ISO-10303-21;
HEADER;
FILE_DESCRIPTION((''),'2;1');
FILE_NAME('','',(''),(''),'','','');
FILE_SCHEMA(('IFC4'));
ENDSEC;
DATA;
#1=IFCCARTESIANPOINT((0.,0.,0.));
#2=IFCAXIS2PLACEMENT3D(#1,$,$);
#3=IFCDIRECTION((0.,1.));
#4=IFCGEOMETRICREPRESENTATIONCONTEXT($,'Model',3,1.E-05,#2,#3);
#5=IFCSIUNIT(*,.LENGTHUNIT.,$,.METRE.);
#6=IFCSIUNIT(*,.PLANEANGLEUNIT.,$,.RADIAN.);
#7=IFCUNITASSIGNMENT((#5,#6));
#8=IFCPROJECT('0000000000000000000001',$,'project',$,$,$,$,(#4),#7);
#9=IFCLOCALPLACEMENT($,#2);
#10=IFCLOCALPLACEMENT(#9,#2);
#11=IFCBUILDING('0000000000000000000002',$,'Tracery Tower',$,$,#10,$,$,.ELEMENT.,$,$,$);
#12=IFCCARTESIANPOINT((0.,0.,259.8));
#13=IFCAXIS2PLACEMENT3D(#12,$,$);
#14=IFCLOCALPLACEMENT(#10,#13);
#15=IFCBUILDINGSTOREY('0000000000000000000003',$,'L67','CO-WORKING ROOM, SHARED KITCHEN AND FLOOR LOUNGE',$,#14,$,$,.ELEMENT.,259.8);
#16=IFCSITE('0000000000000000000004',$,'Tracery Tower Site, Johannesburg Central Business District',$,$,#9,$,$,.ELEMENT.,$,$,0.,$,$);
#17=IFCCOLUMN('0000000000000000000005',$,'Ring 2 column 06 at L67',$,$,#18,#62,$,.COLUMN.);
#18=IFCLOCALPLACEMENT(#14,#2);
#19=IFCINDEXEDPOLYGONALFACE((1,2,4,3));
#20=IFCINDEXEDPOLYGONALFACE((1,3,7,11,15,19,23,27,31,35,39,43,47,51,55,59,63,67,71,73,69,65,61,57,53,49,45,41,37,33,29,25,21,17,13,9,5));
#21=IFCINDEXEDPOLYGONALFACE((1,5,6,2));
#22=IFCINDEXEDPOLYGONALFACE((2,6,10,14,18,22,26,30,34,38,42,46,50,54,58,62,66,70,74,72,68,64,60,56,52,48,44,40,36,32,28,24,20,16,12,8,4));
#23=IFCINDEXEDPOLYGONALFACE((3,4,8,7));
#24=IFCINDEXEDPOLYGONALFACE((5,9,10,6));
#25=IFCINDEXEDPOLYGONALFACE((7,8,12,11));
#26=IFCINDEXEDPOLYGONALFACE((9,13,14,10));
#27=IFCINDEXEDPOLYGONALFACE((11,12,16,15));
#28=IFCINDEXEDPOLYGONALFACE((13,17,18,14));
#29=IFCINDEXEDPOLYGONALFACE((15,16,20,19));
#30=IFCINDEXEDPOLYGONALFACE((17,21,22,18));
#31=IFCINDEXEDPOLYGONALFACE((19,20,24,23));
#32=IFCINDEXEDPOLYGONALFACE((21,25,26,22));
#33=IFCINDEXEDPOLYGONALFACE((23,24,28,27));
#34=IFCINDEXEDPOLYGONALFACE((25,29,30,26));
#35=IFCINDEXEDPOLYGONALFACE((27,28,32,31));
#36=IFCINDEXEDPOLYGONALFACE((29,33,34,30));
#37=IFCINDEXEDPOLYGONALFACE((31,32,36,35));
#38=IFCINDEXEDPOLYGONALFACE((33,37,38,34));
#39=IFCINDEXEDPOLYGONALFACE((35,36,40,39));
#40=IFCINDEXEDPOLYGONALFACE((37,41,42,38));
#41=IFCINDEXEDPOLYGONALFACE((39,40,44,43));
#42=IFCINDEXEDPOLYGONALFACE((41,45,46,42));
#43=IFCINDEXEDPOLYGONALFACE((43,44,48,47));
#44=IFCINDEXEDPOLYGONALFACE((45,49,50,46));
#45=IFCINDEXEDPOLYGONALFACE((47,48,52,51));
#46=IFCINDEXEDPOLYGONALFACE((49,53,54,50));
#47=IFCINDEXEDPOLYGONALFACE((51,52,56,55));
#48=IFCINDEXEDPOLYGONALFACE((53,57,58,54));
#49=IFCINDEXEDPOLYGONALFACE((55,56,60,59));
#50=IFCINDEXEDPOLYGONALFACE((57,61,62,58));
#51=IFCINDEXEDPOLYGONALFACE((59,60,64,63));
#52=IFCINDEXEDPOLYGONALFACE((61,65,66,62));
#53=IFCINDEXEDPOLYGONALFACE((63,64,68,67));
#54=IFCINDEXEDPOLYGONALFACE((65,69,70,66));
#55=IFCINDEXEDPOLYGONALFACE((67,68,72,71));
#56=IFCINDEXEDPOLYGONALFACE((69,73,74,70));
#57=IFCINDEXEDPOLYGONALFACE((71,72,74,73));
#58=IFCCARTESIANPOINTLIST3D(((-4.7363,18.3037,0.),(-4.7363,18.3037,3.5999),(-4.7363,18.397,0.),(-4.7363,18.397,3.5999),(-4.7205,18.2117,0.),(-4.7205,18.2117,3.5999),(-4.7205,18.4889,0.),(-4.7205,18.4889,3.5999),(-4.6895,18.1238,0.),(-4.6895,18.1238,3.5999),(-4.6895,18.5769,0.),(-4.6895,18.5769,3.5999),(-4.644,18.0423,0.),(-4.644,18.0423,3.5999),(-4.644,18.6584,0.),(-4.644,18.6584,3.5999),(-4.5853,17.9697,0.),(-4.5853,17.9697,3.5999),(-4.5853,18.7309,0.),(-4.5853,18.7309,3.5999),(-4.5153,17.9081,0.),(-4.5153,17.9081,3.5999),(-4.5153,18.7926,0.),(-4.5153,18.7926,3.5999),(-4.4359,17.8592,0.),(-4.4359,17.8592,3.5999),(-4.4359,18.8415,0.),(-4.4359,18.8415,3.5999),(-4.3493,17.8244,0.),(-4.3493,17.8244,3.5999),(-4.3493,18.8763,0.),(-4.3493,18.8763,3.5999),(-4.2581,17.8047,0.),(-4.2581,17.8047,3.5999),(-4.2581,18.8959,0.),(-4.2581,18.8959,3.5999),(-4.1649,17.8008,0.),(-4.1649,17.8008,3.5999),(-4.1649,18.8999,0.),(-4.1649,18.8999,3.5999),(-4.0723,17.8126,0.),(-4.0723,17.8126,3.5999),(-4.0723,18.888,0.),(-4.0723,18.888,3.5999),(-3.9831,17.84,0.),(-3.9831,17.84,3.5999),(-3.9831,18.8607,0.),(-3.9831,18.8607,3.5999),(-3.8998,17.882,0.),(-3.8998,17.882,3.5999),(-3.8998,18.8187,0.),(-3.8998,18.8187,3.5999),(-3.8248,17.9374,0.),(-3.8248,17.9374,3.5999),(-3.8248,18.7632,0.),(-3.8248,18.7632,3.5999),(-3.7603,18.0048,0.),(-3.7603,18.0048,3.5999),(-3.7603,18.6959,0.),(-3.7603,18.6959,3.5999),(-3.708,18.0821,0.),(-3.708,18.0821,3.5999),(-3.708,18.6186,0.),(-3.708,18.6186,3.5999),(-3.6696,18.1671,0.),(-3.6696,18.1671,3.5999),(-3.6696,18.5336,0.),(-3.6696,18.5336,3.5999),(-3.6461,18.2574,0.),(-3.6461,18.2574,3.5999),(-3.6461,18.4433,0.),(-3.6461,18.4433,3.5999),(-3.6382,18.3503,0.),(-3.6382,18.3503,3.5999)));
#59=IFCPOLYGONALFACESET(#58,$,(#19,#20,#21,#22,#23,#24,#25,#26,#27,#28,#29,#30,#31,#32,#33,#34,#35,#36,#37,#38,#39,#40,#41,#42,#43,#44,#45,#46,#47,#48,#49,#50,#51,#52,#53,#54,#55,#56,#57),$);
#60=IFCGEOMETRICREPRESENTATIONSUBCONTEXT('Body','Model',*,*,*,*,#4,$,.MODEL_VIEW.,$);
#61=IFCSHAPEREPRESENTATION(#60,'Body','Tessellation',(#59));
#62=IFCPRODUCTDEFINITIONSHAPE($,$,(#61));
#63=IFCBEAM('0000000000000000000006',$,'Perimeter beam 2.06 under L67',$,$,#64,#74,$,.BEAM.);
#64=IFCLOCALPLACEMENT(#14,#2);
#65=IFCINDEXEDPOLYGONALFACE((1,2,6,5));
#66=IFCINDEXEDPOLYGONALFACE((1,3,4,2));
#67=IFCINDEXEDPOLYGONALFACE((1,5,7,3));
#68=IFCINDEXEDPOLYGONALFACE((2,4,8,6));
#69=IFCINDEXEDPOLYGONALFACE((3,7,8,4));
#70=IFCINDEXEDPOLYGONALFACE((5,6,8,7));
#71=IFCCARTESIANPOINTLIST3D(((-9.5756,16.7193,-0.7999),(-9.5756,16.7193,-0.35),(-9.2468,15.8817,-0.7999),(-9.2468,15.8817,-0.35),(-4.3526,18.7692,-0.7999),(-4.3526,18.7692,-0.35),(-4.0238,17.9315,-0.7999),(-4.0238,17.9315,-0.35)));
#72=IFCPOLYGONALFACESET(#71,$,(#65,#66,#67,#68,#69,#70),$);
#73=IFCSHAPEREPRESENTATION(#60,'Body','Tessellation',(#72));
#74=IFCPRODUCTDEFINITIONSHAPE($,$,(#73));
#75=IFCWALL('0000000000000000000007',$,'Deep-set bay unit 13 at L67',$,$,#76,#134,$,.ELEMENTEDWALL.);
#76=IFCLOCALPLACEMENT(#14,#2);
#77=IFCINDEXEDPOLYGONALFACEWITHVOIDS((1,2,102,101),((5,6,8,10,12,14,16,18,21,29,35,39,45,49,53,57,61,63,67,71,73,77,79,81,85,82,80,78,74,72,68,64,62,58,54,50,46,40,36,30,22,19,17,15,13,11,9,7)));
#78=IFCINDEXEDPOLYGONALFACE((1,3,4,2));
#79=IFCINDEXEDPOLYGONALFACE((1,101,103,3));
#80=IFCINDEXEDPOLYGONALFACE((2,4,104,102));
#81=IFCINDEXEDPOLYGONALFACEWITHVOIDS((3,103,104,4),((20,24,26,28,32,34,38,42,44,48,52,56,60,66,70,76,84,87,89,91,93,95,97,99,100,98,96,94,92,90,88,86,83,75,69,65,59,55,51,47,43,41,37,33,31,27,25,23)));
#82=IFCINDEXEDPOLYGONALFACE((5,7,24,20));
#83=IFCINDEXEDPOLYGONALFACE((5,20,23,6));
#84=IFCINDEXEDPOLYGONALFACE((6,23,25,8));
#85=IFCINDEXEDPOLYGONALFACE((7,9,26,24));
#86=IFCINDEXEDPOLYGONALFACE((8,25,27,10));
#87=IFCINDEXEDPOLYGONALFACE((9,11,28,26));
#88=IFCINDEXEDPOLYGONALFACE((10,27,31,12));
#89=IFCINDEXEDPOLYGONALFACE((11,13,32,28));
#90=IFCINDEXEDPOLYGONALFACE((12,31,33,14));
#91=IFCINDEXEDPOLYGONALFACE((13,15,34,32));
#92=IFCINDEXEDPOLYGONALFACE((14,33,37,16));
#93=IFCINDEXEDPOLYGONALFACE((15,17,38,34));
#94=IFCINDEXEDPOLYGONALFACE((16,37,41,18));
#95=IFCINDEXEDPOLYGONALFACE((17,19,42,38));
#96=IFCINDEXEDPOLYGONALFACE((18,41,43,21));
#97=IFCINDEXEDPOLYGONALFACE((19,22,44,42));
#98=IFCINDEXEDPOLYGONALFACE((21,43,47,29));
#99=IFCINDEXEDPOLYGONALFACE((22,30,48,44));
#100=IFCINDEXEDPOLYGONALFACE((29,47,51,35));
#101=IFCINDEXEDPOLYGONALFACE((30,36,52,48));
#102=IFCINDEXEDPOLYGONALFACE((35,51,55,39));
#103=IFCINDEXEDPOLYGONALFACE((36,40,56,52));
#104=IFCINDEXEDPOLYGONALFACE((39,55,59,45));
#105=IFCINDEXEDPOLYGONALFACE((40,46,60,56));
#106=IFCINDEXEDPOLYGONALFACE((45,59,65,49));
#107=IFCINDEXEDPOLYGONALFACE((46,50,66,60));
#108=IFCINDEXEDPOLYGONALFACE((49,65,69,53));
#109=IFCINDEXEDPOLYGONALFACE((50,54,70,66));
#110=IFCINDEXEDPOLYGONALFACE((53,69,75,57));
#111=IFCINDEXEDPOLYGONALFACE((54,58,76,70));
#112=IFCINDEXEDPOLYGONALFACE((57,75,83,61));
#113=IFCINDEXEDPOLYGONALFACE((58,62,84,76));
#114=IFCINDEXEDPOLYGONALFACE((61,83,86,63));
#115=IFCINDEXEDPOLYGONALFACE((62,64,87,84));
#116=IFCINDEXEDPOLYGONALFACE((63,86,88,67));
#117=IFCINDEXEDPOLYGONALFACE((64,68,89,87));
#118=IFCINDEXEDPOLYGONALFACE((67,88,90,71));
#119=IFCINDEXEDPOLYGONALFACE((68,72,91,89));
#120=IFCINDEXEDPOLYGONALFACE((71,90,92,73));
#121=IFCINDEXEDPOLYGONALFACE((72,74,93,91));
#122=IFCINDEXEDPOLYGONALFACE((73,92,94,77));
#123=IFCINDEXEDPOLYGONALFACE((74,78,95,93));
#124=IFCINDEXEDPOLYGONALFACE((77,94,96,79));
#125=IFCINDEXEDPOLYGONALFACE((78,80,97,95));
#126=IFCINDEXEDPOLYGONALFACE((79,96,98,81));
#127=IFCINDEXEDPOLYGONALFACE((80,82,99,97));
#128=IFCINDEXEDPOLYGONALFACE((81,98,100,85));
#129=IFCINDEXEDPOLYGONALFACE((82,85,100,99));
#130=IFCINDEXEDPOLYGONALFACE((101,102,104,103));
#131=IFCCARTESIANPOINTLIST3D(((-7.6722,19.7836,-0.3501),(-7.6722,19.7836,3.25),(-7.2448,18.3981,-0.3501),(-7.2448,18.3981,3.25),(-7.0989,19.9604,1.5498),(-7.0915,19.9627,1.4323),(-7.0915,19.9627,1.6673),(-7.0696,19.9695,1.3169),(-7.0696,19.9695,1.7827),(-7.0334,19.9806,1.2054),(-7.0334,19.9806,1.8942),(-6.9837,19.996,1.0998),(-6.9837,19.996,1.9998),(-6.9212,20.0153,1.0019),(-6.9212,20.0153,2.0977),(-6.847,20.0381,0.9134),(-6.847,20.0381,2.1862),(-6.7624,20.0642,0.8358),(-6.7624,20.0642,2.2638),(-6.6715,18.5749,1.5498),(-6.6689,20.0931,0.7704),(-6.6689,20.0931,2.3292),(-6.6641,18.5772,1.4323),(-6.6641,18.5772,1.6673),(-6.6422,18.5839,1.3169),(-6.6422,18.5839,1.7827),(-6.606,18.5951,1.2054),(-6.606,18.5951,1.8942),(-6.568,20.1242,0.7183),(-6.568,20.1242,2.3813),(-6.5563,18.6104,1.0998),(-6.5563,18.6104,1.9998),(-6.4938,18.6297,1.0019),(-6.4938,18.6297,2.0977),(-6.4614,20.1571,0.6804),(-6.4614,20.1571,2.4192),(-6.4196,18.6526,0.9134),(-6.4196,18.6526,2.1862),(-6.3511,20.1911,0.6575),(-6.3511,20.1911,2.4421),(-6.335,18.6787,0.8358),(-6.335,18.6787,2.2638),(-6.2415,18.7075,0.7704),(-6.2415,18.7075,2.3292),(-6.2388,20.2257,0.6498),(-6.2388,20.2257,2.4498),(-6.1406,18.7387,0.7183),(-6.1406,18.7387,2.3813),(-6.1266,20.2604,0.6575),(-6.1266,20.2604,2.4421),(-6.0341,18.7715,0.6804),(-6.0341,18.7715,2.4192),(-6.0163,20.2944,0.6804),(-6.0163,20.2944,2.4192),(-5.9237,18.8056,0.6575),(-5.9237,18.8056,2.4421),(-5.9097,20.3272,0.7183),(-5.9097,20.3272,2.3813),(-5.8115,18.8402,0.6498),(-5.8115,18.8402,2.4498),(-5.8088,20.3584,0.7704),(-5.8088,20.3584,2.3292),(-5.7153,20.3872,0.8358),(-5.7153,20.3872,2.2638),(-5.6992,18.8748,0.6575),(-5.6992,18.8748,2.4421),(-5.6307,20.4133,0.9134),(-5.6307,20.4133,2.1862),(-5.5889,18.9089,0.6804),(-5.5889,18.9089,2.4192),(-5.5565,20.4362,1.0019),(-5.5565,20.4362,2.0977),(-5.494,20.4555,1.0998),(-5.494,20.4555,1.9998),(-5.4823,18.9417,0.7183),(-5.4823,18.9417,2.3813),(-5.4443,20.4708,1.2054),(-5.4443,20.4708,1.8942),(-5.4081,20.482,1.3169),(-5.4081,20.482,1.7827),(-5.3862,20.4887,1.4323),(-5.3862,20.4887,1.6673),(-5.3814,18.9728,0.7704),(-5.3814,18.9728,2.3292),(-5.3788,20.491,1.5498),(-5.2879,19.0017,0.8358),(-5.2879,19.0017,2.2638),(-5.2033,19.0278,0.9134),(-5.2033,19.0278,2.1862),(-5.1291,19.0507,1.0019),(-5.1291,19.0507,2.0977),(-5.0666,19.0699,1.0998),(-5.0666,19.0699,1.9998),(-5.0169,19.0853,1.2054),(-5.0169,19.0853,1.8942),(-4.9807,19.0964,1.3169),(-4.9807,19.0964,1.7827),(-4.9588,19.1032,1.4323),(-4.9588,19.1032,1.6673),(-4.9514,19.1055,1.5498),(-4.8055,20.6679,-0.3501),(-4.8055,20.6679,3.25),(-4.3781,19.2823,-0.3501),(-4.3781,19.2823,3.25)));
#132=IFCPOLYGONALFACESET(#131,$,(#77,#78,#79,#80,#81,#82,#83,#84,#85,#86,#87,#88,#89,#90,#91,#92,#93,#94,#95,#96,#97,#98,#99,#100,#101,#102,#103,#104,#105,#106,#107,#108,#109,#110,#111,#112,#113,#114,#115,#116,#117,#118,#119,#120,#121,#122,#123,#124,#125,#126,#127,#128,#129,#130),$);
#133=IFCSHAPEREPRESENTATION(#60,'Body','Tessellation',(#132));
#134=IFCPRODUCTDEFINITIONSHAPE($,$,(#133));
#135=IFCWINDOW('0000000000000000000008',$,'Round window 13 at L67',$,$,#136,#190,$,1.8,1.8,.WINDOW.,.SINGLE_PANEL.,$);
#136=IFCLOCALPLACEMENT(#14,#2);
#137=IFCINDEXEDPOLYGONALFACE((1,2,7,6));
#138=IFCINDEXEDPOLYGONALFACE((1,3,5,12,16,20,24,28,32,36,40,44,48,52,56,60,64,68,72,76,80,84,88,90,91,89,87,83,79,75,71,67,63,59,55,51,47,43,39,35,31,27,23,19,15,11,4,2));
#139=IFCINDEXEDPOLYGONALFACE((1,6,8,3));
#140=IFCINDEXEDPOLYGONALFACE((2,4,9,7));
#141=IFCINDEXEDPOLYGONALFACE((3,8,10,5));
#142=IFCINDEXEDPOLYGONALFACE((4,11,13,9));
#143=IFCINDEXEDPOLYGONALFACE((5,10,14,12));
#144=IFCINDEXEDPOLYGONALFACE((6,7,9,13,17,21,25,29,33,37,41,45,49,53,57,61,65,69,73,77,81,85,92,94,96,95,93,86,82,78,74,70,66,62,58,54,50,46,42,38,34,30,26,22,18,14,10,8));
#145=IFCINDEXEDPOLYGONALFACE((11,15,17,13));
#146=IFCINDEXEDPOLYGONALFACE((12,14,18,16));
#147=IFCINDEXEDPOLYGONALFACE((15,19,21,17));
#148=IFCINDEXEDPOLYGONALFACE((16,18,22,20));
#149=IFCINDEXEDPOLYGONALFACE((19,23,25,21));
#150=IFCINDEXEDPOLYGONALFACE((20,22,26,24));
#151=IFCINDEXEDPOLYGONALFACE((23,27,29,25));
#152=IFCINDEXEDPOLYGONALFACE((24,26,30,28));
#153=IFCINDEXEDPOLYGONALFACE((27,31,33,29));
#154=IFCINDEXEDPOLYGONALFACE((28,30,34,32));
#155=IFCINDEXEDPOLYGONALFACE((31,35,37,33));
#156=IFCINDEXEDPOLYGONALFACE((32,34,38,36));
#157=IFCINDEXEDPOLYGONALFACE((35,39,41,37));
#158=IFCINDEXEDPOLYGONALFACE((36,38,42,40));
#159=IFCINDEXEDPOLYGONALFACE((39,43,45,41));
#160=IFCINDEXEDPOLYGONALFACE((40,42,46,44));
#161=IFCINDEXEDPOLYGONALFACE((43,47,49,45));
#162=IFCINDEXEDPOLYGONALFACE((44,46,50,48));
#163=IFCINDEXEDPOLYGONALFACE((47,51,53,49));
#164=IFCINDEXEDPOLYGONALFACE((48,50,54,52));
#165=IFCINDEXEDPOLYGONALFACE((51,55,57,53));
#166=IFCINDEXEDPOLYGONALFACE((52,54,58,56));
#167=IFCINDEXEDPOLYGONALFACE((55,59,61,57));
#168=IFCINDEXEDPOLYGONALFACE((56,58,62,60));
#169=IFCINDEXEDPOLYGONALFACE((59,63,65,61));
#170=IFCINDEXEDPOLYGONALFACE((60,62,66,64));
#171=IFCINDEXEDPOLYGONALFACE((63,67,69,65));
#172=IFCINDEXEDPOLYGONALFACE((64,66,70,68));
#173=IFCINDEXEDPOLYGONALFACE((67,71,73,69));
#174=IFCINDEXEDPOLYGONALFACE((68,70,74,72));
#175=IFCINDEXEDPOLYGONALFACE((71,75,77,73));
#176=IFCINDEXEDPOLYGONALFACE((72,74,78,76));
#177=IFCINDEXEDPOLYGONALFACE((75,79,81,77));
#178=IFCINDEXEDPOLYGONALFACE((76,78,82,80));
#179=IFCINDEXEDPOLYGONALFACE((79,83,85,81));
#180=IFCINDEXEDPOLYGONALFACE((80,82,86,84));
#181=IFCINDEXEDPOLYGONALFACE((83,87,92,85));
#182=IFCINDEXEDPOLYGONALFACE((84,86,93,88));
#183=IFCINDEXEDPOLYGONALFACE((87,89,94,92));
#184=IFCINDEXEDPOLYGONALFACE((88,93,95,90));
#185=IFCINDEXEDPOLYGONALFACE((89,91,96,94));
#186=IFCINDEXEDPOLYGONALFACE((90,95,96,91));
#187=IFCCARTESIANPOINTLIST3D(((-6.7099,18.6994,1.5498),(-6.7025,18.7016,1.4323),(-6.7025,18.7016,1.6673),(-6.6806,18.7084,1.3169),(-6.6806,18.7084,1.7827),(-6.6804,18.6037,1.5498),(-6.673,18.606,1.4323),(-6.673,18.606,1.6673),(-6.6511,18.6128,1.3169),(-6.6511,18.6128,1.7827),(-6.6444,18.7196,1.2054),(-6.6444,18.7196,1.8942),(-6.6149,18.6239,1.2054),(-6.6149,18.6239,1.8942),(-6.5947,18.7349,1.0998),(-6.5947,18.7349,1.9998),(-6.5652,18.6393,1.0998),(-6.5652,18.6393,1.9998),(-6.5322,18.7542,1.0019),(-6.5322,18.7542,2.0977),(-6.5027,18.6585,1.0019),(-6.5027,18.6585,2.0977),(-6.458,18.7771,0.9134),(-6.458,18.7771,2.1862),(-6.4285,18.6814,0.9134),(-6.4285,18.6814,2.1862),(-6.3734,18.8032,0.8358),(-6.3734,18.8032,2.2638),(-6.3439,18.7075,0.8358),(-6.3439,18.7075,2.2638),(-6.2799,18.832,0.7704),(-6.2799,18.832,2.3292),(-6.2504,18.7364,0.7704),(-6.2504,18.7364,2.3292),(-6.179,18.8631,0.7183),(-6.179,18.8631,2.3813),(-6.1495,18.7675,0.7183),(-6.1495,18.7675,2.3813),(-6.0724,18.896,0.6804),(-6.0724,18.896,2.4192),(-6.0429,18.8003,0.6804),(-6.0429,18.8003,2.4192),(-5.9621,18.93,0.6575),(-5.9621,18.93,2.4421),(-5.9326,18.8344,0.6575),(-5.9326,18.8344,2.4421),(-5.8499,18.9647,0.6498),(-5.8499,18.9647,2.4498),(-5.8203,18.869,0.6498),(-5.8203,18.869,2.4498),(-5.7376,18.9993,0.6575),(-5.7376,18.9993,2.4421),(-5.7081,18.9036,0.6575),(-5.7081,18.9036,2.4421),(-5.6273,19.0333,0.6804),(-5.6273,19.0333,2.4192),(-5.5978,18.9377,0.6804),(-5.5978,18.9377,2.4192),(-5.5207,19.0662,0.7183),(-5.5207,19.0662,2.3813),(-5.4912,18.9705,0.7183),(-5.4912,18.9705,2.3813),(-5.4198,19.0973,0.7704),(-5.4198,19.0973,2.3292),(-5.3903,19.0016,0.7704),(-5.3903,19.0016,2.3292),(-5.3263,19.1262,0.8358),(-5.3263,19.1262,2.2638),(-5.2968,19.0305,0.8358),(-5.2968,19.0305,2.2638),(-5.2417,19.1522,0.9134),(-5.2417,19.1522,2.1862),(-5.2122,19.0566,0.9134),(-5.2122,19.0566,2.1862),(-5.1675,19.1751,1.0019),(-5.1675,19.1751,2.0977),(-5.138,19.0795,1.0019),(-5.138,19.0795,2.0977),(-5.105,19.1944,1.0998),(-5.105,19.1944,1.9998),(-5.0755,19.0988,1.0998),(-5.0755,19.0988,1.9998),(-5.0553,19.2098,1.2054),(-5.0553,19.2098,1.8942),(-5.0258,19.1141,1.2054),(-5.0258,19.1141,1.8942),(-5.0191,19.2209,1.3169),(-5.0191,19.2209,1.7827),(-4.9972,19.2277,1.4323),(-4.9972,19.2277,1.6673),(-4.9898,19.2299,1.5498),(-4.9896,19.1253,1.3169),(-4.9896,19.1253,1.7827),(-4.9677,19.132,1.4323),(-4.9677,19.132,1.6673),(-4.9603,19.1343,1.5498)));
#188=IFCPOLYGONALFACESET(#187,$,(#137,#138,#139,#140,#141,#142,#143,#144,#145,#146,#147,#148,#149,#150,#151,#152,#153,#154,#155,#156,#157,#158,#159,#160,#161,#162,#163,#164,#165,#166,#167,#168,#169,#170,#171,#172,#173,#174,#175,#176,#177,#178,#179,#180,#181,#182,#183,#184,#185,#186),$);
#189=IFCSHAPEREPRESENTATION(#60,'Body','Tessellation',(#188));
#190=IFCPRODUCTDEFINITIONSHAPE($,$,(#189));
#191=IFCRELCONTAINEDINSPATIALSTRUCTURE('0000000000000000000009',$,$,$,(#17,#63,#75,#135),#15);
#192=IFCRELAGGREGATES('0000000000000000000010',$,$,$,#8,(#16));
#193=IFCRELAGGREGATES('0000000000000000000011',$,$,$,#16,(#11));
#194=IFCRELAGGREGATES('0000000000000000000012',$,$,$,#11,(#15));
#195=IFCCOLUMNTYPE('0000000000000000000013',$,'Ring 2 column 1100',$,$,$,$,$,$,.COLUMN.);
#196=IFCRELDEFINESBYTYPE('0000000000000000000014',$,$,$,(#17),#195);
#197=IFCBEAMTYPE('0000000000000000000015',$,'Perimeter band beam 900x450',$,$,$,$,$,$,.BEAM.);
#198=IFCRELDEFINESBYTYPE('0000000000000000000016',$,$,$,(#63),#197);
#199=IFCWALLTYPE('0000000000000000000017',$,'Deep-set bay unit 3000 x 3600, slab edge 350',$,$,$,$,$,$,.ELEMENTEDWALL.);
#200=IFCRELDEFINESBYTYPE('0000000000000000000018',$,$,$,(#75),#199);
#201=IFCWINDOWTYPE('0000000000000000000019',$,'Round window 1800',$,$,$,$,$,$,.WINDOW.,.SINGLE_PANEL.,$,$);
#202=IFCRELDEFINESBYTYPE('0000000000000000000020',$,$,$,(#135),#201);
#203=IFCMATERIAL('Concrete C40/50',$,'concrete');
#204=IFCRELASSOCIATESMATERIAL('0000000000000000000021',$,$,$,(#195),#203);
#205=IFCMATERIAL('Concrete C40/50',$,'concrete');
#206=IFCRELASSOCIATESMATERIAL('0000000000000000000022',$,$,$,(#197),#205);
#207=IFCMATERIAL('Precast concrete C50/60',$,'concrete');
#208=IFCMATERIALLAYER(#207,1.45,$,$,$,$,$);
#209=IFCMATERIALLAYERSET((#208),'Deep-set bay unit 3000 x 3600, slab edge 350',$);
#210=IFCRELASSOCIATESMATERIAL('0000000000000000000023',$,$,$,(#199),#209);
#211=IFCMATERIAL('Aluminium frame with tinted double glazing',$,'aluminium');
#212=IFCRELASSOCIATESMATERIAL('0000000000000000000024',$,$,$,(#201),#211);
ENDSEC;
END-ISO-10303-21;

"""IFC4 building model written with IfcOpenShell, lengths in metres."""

from ifc_helpers import new_model, si_unit, direction, frame, frame_2d, origin, origin_2d, place, context, subcontext, project, spatial, rectangle, circle, extrude, material, layer, layer_set, material_profile, profile_set, type_object, element, fill, save


model = new_model("IFC4")

# Units and contexts
model_context = context("Model", 3, precision=1e-05, world=origin(), true_north=direction((0.0, 1.0)))
body_context = subcontext(model_context, "Body", "Model", "MODEL_VIEW")
ifc_project = project(units=[si_unit("LENGTHUNIT", "METRE"), si_unit("PLANEANGLEUNIT", "RADIAN")], contexts=[model_context])

# Site, building, storey
site_placement = place(None, origin())
site = spatial("IfcSite", under=ifc_project, at=site_placement, Name="Tracery Tower Site, Johannesburg Central Business District", CompositionType="ELEMENT", RefElevation=0.0)
building_placement = place(site_placement, origin())
building = spatial("IfcBuilding", under=site, at=building_placement, Name="Tracery Tower", CompositionType="ELEMENT")
storey_placement = place(building_placement, frame((0.0, 0.0, 259.8)))
storey = spatial("IfcBuildingStorey", under=building, at=storey_placement, Name="L67", Description="CO-WORKING ROOM, SHARED KITCHEN AND FLOOR LOUNGE", CompositionType="ELEMENT", Elevation=259.8)

# Column
ifc_material_1 = material(Name="Concrete C40/50", Category="concrete")
ifc_material_profile_1 = material_profile(ifc_material_1, circle(Radius=0.55, at=origin_2d()), Name="RC D1100")
ifc_profile_set_1 = profile_set([ifc_material_profile_1], Name="Concrete C40/50")
column_type = type_object("IfcColumnType", Name="Ring 2 column 1100", PredefinedType="COLUMN", material=ifc_profile_set_1)
column_placement = place(storey_placement, frame((-4.1882, 18.3503, 0.0), z_axis=(0.0, 0.0, 1.0), x_axis=(1.0, 0.0, 0.0)))
element("IfcColumn", 1, at=column_placement, inside=storey, type_object=column_type, Name="Ring 2 column 06 at L67", PredefinedType="COLUMN", context=body_context, shape_type="SweptSolid", body=[
    extrude(circle(Radius=0.55, at=origin_2d()), origin(), (0.0, 0.0, 1.0), 3.5999),
])

# Beam
ifc_material_2 = material(Name="Concrete C40/50", Category="concrete")
ifc_material_profile_2 = material_profile(ifc_material_2, rectangle(XDim=0.8999, YDim=0.45, at=origin_2d()), Name="RC 900x450")
ifc_profile_set_2 = profile_set([ifc_material_profile_2], Name="Concrete C40/50")
beam_type = type_object("IfcBeamType", Name="Perimeter band beam 900x450", PredefinedType="BEAM", material=ifc_profile_set_2)
beam_placement = place(storey_placement, frame((-4.1882, 18.3503, -0.575), z_axis=(-0.930876, -0.365336, 0.0), x_axis=(0.365336, -0.930876, 0.0)))
element("IfcBeam", 2, at=beam_placement, inside=storey, type_object=beam_type, Name="Perimeter beam 2.06 under L67", PredefinedType="BEAM", context=body_context, shape_type="SweptSolid", body=[
    extrude(rectangle(XDim=0.8999, YDim=0.45, at=origin_2d()), origin(), (0.0, 0.0, 1.0), 5.6108),
])

# Wall, opening, window
ifc_material_3 = material(Name="Precast concrete C50/60", Category="concrete")
ifc_layer_1 = layer(ifc_material_3, 1.45)
ifc_layer_set_1 = layer_set([ifc_layer_1], Name="Deep-set bay unit 3000 x 3600, slab edge 350")
wall_type_1 = type_object("IfcWallType", Name="Deep-set bay unit 3000 x 3600, slab edge 350", PredefinedType="ELEMENTEDWALL", material=ifc_layer_set_1)
wall_1_placement = place(storey_placement, frame((-4.5918, 19.9751, -0.3501), z_axis=(0.0, 0.0, 1.0), x_axis=(-0.955571, -0.294761, 0.0)))
wall_1 = element("IfcWall", 3, at=wall_1_placement, inside=storey, type_object=wall_type_1, Name="Deep-set bay unit 13 at L67", PredefinedType="ELEMENTEDWALL", context=body_context, shape_type="SweptSolid", body=[
    extrude(rectangle(XDim=3.0, YDim=1.45, at=frame_2d((1.5, 0.0))), origin(), (0.0, 0.0, 1.0), 3.6001),
])
opening_1_placement = place(wall_1_placement, frame((1.5, 0.0, 1.8999)))
opening_1 = element("IfcOpeningElement", 4, at=opening_1_placement, cuts=wall_1, PredefinedType="OPENING", context=body_context, shape_type="SweptSolid", body=[
    extrude(circle(Radius=0.9, at=origin_2d()), frame((0.0, 0.7349, 0.0), z_axis=(0.0, -1.0, 0.0), x_axis=(1.0, 0.0, 0.0)), (0.0, 0.0, 1.0), 1.47),
])
ifc_material_4 = material(Name="Aluminium frame with tinted double glazing", Category="aluminium")
window_type = type_object("IfcWindowType", Name="Round window 1800", PartitioningType="SINGLE_PANEL", PredefinedType="WINDOW", material=ifc_material_4)
window_1_placement = place(opening_1_placement, origin())
window_1 = element("IfcWindow", 5, at=window_1_placement, inside=storey, type_object=window_type, Name="Round window 13 at L67", OverallHeight=1.8, OverallWidth=1.8, PartitioningType="SINGLE_PANEL", PredefinedType="WINDOW", context=body_context, shape_type="SweptSolid", body=[
    extrude(circle(Radius=0.9, at=origin_2d()), frame((0.0, 0.6948, 0.0), z_axis=(0.0, -1.0, 0.0), x_axis=(1.0, 0.0, 0.0)), (0.0, 0.0, 1.0), 0.1001),
])
fill(opening_1, window_1)

save(model, "model.ifc")
